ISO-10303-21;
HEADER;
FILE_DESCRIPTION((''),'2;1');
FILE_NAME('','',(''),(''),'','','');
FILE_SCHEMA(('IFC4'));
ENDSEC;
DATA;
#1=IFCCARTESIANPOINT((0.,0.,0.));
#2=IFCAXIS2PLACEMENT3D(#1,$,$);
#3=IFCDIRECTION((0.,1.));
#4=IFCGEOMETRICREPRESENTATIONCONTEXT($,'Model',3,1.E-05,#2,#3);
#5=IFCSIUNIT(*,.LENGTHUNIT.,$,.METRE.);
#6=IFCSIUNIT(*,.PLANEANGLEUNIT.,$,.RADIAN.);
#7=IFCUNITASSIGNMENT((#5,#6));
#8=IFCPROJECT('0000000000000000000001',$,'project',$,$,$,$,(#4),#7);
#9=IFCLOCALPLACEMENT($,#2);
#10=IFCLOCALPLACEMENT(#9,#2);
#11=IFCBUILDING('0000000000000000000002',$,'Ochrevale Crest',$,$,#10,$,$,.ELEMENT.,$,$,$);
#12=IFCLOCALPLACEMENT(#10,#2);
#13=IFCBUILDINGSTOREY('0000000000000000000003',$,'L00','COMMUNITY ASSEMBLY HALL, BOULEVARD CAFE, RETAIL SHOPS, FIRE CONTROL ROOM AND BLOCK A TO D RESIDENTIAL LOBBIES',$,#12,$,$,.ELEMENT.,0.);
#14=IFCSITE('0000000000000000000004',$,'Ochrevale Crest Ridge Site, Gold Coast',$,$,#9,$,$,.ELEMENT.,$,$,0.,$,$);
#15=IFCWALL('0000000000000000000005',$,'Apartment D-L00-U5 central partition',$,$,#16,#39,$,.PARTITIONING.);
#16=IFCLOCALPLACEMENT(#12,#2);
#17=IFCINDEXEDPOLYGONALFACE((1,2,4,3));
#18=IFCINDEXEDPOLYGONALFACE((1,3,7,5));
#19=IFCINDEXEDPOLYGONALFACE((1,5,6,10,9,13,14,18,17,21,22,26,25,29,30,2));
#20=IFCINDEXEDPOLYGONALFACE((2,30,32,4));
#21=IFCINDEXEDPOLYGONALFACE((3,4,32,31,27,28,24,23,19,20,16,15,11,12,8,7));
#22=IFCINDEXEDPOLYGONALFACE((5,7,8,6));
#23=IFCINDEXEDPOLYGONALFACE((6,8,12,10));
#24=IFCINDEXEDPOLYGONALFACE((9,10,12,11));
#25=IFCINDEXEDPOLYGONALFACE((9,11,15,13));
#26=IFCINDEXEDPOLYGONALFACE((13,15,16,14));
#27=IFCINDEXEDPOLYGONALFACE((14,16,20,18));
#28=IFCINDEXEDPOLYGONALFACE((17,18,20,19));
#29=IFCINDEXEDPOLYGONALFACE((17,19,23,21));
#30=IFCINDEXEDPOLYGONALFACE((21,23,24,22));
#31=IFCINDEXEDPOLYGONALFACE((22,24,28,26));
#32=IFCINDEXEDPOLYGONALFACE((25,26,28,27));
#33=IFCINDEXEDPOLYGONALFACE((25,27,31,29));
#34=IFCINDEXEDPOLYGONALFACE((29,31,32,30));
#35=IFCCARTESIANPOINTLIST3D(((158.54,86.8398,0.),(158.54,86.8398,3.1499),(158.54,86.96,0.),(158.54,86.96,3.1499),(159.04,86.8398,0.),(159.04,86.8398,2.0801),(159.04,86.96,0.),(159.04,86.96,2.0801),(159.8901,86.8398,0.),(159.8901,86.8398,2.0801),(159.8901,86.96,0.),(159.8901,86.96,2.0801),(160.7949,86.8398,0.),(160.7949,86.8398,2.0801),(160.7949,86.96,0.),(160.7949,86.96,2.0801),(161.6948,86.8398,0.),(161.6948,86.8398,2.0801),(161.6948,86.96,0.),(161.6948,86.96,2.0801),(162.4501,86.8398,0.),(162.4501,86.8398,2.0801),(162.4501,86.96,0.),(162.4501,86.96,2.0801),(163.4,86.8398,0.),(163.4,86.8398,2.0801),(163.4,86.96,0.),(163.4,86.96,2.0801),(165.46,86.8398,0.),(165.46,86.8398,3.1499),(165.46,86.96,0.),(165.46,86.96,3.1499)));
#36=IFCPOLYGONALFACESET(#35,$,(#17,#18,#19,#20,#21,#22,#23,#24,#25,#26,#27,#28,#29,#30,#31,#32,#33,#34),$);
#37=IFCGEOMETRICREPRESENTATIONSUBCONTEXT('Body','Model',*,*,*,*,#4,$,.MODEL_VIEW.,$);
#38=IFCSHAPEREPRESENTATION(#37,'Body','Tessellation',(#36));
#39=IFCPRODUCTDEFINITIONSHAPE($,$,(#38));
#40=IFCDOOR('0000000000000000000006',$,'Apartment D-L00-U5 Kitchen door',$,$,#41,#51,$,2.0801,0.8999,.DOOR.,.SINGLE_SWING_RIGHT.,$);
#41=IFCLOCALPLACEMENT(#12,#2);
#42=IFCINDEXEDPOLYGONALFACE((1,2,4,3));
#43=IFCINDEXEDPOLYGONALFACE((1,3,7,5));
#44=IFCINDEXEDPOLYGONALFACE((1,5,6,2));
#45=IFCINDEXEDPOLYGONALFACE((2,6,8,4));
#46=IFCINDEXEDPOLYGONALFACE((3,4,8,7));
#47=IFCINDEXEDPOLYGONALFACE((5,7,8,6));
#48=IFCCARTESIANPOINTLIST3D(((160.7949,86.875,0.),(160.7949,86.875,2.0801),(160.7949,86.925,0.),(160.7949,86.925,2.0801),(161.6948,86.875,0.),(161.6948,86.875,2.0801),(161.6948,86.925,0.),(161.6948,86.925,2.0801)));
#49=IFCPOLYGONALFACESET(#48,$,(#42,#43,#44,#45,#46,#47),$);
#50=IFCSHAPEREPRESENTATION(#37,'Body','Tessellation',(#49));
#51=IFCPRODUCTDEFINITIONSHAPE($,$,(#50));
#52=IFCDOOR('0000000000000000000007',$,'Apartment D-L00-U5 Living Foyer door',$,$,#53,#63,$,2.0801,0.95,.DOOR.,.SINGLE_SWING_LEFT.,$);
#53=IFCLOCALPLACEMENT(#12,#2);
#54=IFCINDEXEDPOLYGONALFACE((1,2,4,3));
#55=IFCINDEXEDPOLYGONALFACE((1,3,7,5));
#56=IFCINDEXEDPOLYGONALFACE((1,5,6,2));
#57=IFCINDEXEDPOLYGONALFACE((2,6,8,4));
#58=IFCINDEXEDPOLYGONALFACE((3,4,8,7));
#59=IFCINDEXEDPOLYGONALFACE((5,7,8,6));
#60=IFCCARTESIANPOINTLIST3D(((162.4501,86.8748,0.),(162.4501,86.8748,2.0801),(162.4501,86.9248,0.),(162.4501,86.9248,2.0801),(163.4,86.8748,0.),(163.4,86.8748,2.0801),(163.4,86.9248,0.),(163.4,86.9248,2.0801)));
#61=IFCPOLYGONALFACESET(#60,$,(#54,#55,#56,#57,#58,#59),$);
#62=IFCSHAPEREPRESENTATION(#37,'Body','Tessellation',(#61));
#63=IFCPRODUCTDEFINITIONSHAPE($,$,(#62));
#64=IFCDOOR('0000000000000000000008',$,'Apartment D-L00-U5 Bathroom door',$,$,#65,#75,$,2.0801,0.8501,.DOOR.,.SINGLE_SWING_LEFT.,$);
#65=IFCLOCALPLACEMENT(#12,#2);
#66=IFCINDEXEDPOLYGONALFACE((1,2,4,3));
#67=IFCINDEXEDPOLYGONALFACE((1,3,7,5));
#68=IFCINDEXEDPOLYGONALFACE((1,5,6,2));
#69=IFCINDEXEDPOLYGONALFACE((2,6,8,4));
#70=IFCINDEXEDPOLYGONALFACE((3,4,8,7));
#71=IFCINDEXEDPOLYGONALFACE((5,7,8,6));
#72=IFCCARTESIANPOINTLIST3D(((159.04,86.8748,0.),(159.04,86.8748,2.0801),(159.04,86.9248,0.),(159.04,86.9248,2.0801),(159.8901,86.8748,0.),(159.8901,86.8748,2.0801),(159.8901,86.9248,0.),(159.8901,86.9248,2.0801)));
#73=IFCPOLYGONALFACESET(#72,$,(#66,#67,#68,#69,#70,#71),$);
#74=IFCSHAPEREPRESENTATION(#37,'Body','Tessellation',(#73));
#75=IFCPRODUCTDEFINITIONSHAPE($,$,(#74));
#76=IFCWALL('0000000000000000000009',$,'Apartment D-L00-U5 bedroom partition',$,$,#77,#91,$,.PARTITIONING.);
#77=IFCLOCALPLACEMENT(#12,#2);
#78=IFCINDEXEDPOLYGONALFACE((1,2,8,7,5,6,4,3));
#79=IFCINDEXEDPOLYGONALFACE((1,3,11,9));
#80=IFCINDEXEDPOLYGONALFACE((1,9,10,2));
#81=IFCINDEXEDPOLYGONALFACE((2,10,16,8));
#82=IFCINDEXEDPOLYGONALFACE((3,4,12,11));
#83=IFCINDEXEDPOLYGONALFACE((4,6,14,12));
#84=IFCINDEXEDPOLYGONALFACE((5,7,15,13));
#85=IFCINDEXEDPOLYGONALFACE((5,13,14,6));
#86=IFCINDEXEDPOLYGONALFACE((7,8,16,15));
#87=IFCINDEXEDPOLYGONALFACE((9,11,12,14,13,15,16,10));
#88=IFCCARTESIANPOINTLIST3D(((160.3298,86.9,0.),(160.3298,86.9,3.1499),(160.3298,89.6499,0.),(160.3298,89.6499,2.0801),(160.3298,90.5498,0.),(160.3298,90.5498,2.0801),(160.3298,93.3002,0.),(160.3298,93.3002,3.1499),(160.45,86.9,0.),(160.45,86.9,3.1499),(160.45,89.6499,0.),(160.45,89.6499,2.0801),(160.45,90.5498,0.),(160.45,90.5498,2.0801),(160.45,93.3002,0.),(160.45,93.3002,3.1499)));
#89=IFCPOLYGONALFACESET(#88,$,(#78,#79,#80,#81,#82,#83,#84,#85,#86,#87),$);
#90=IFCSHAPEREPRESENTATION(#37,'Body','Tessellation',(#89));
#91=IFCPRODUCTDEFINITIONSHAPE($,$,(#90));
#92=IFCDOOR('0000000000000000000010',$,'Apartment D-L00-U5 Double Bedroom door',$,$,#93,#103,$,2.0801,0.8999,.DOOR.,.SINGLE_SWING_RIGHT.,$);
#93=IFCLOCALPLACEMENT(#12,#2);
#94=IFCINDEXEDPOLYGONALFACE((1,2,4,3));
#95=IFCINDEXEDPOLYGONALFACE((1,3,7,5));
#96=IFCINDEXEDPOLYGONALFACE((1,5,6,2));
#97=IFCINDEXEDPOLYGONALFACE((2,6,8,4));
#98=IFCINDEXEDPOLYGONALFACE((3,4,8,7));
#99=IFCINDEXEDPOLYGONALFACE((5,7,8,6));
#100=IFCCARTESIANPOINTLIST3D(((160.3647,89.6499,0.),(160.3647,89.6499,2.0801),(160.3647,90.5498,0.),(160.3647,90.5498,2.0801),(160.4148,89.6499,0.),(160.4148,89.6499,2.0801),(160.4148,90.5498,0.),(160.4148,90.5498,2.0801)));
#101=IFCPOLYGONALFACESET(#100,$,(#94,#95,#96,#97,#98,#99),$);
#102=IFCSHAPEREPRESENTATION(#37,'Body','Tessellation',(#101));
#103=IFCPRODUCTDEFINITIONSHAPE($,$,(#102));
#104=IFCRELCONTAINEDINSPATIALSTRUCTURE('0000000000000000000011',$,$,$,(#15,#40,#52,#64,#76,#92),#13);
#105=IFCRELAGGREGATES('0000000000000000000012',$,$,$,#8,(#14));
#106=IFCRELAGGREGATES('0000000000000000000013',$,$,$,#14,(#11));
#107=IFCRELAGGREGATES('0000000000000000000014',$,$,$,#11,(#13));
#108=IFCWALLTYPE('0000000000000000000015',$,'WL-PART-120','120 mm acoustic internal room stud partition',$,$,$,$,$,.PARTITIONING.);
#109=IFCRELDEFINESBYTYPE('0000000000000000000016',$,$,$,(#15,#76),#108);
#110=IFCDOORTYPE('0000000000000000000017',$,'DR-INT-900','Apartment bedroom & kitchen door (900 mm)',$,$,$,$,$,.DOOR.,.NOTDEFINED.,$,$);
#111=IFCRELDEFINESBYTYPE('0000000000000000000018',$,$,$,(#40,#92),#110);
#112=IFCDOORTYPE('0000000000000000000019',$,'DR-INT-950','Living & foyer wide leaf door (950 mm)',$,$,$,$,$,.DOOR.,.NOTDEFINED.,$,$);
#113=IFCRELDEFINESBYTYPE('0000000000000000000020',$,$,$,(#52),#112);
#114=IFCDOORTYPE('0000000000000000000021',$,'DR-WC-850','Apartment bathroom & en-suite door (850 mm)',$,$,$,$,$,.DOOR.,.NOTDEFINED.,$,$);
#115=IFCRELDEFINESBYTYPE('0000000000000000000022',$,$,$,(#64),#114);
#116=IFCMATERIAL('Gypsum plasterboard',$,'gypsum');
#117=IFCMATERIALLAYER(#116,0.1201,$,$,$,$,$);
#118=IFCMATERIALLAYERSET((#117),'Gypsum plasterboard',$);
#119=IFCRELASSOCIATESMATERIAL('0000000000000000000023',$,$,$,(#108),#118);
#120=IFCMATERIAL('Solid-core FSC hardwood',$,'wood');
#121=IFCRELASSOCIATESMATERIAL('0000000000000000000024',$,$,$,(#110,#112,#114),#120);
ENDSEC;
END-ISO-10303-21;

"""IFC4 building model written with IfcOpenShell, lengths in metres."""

from ifc_helpers import new_model, si_unit, direction, frame, frame_2d, origin, place, context, subcontext, project, spatial, rectangle, extrude, material, layer, layer_set, type_object, element, fill, save


model = new_model("IFC4")

# Units and contexts
model_context = context("Model", 3, precision=1e-05, world=origin(), true_north=direction((0.0, 1.0)))
body_context = subcontext(model_context, "Body", "Model", "MODEL_VIEW")
ifc_project = project(units=[si_unit("LENGTHUNIT", "METRE"), si_unit("PLANEANGLEUNIT", "RADIAN")], contexts=[model_context])

# Site, building, storey
site_placement = place(None, origin())
site = spatial("IfcSite", under=ifc_project, at=site_placement, Name="Ochrevale Crest Ridge Site, Gold Coast", CompositionType="ELEMENT", RefElevation=0.0)
building_placement = place(site_placement, origin())
building = spatial("IfcBuilding", under=site, at=building_placement, Name="Ochrevale Crest", CompositionType="ELEMENT")
storey_placement = place(building_placement, origin())
storey = spatial("IfcBuildingStorey", under=building, at=storey_placement, Name="L00", Description="COMMUNITY ASSEMBLY HALL, BOULEVARD CAFE, RETAIL SHOPS, FIRE CONTROL ROOM AND BLOCK A TO D RESIDENTIAL LOBBIES", CompositionType="ELEMENT", Elevation=0.0)

# Shared definitions
ifc_material_1 = material(Name="Gypsum plasterboard", Category="gypsum")
ifc_layer_1 = layer(ifc_material_1, 0.1201)
ifc_layer_set_1 = layer_set([ifc_layer_1], Name="Gypsum plasterboard")
wall_type_1 = type_object("IfcWallType", Name="WL-PART-120", Description="120 mm acoustic internal room stud partition", PredefinedType="PARTITIONING", material=ifc_layer_set_1)

# Wall, openings, doors
wall_1_placement = place(storey_placement, frame((158.54, 86.8999, 0.0), z_axis=(0.0, 0.0, 1.0), x_axis=(1.0, 0.0, 0.0)))
wall_1 = element("IfcWall", 1, at=wall_1_placement, inside=storey, type_object=wall_type_1, Name="Apartment D-L00-U5 central partition", PredefinedType="PARTITIONING", context=body_context, shape_type="SweptSolid", body=[
    extrude(rectangle(XDim=6.9199, YDim=0.1201, at=frame_2d((3.46, 0.0))), origin(), (0.0, 0.0, 1.0), 3.1499),
])
opening_1_placement = place(wall_1_placement, frame((0.5, 0.0, 0.0)))
opening_1 = element("IfcOpeningElement", 2, at=opening_1_placement, cuts=wall_1, PredefinedType="OPENING", context=body_context, shape_type="SweptSolid", body=[
    extrude(rectangle(XDim=0.8501, YDim=2.0801, at=frame_2d((0.425, 1.04))), frame((0.0, 0.0701, 0.0), z_axis=(0.0, -1.0, 0.0), x_axis=(1.0, 0.0, 0.0)), (0.0, 0.0, 1.0), 0.1401),
])
opening_2_placement = place(wall_1_placement, frame((3.1548, 0.0, 0.0), z_axis=(0.0, 0.0, 1.0), x_axis=(-1.0, 0.0, 0.0)))
opening_2 = element("IfcOpeningElement", 3, at=opening_2_placement, cuts=wall_1, PredefinedType="OPENING", context=body_context, shape_type="SweptSolid", body=[
    extrude(rectangle(XDim=0.8999, YDim=2.0801, at=frame_2d((0.45, 1.04))), frame((0.0, 0.0701, 0.0), z_axis=(0.0, -1.0, 0.0), x_axis=(1.0, 0.0, 0.0)), (0.0, 0.0, 1.0), 0.1401),
])
opening_3_placement = place(wall_1_placement, frame((3.9099, 0.0, 0.0)))
opening_3 = element("IfcOpeningElement", 4, at=opening_3_placement, cuts=wall_1, PredefinedType="OPENING", context=body_context, shape_type="SweptSolid", body=[
    extrude(rectangle(XDim=0.95, YDim=2.0801, at=frame_2d((0.4751, 1.04))), frame((0.0, 0.0701, 0.0), z_axis=(0.0, -1.0, 0.0), x_axis=(1.0, 0.0, 0.0)), (0.0, 0.0, 1.0), 0.1401),
])
ifc_material_2 = material(Name="Solid-core FSC hardwood", Category="wood")
door_type_1 = type_object("IfcDoorType", Name="DR-INT-900", Description="Apartment bedroom & kitchen door (900 mm)", OperationType="NOTDEFINED", PredefinedType="DOOR", material=ifc_material_2)
door_1_placement = place(opening_2_placement, origin())
door_1 = element("IfcDoor", 5, at=door_1_placement, inside=storey, type_object=door_type_1, Name="Apartment D-L00-U5 Kitchen door", OperationType="SINGLE_SWING_RIGHT", OverallHeight=2.0801, OverallWidth=0.8999, PredefinedType="DOOR", context=body_context, shape_type="SweptSolid", body=[
    extrude(rectangle(XDim=0.8999, YDim=2.0801, at=frame_2d((0.45, 1.04))), frame((0.0, 0.0249, 0.0), z_axis=(0.0, -1.0, 0.0), x_axis=(1.0, 0.0, 0.0)), (0.0, 0.0, 1.0), 0.05),
])
fill(opening_2, door_1)
door_type_2 = type_object("IfcDoorType", Name="DR-INT-950", Description="Living & foyer wide leaf door (950 mm)", OperationType="NOTDEFINED", PredefinedType="DOOR", material=ifc_material_2)
door_2_placement = place(opening_3_placement, origin())
door_2 = element("IfcDoor", 6, at=door_2_placement, inside=storey, type_object=door_type_2, Name="Apartment D-L00-U5 Living Foyer door", OperationType="SINGLE_SWING_LEFT", OverallHeight=2.0801, OverallWidth=0.95, PredefinedType="DOOR", context=body_context, shape_type="SweptSolid", body=[
    extrude(rectangle(XDim=0.95, YDim=2.0801, at=frame_2d((0.4751, 1.04))), frame((0.0, 0.0249, 0.0), z_axis=(0.0, -1.0, 0.0), x_axis=(1.0, 0.0, 0.0)), (0.0, 0.0, 1.0), 0.05),
])
fill(opening_3, door_2)
door_type_3 = type_object("IfcDoorType", Name="DR-WC-850", Description="Apartment bathroom & en-suite door (850 mm)", OperationType="NOTDEFINED", PredefinedType="DOOR", material=ifc_material_2)
door_3_placement = place(opening_1_placement, origin())
door_3 = element("IfcDoor", 7, at=door_3_placement, inside=storey, type_object=door_type_3, Name="Apartment D-L00-U5 Bathroom door", OperationType="SINGLE_SWING_LEFT", OverallHeight=2.0801, OverallWidth=0.8501, PredefinedType="DOOR", context=body_context, shape_type="SweptSolid", body=[
    extrude(rectangle(XDim=0.8501, YDim=2.0801, at=frame_2d((0.425, 1.04))), frame((0.0, 0.0249, 0.0), z_axis=(0.0, -1.0, 0.0), x_axis=(1.0, 0.0, 0.0)), (0.0, 0.0, 1.0), 0.05),
])
fill(opening_1, door_3)

# Wall, opening, door
wall_2_placement = place(storey_placement, frame((160.3899, 86.8999, 0.0), z_axis=(0.0, 0.0, 1.0), x_axis=(0.0, 1.0, 0.0)))
wall_2 = element("IfcWall", 8, at=wall_2_placement, inside=storey, type_object=wall_type_1, Name="Apartment D-L00-U5 bedroom partition", PredefinedType="PARTITIONING", context=body_context, shape_type="SweptSolid", body=[
    extrude(rectangle(XDim=6.4001, YDim=0.1201, at=frame_2d((3.2002, 0.0))), origin(), (0.0, 0.0, 1.0), 3.1499),
])
opening_4_placement = place(wall_2_placement, frame((3.6499, 0.0, 0.0), z_axis=(0.0, 0.0, 1.0), x_axis=(-1.0, 0.0, 0.0)))
opening_4 = element("IfcOpeningElement", 9, at=opening_4_placement, cuts=wall_2, PredefinedType="OPENING", context=body_context, shape_type="SweptSolid", body=[
    extrude(rectangle(XDim=0.8999, YDim=2.0801, at=frame_2d((0.45, 1.04))), frame((0.0, 0.0701, 0.0), z_axis=(0.0, -1.0, 0.0), x_axis=(1.0, 0.0, 0.0)), (0.0, 0.0, 1.0), 0.1401),
])
door_4_placement = place(opening_4_placement, origin())
door_4 = element("IfcDoor", 10, at=door_4_placement, inside=storey, type_object=door_type_1, Name="Apartment D-L00-U5 Double Bedroom door", OperationType="SINGLE_SWING_RIGHT", OverallHeight=2.0801, OverallWidth=0.8999, PredefinedType="DOOR", context=body_context, shape_type="SweptSolid", body=[
    extrude(rectangle(XDim=0.8999, YDim=2.0801, at=frame_2d((0.45, 1.04))), frame((0.0, 0.0249, 0.0), z_axis=(0.0, -1.0, 0.0), x_axis=(1.0, 0.0, 0.0)), (0.0, 0.0, 1.0), 0.05),
])
fill(opening_4, door_4)

save(model, "model.ifc")
